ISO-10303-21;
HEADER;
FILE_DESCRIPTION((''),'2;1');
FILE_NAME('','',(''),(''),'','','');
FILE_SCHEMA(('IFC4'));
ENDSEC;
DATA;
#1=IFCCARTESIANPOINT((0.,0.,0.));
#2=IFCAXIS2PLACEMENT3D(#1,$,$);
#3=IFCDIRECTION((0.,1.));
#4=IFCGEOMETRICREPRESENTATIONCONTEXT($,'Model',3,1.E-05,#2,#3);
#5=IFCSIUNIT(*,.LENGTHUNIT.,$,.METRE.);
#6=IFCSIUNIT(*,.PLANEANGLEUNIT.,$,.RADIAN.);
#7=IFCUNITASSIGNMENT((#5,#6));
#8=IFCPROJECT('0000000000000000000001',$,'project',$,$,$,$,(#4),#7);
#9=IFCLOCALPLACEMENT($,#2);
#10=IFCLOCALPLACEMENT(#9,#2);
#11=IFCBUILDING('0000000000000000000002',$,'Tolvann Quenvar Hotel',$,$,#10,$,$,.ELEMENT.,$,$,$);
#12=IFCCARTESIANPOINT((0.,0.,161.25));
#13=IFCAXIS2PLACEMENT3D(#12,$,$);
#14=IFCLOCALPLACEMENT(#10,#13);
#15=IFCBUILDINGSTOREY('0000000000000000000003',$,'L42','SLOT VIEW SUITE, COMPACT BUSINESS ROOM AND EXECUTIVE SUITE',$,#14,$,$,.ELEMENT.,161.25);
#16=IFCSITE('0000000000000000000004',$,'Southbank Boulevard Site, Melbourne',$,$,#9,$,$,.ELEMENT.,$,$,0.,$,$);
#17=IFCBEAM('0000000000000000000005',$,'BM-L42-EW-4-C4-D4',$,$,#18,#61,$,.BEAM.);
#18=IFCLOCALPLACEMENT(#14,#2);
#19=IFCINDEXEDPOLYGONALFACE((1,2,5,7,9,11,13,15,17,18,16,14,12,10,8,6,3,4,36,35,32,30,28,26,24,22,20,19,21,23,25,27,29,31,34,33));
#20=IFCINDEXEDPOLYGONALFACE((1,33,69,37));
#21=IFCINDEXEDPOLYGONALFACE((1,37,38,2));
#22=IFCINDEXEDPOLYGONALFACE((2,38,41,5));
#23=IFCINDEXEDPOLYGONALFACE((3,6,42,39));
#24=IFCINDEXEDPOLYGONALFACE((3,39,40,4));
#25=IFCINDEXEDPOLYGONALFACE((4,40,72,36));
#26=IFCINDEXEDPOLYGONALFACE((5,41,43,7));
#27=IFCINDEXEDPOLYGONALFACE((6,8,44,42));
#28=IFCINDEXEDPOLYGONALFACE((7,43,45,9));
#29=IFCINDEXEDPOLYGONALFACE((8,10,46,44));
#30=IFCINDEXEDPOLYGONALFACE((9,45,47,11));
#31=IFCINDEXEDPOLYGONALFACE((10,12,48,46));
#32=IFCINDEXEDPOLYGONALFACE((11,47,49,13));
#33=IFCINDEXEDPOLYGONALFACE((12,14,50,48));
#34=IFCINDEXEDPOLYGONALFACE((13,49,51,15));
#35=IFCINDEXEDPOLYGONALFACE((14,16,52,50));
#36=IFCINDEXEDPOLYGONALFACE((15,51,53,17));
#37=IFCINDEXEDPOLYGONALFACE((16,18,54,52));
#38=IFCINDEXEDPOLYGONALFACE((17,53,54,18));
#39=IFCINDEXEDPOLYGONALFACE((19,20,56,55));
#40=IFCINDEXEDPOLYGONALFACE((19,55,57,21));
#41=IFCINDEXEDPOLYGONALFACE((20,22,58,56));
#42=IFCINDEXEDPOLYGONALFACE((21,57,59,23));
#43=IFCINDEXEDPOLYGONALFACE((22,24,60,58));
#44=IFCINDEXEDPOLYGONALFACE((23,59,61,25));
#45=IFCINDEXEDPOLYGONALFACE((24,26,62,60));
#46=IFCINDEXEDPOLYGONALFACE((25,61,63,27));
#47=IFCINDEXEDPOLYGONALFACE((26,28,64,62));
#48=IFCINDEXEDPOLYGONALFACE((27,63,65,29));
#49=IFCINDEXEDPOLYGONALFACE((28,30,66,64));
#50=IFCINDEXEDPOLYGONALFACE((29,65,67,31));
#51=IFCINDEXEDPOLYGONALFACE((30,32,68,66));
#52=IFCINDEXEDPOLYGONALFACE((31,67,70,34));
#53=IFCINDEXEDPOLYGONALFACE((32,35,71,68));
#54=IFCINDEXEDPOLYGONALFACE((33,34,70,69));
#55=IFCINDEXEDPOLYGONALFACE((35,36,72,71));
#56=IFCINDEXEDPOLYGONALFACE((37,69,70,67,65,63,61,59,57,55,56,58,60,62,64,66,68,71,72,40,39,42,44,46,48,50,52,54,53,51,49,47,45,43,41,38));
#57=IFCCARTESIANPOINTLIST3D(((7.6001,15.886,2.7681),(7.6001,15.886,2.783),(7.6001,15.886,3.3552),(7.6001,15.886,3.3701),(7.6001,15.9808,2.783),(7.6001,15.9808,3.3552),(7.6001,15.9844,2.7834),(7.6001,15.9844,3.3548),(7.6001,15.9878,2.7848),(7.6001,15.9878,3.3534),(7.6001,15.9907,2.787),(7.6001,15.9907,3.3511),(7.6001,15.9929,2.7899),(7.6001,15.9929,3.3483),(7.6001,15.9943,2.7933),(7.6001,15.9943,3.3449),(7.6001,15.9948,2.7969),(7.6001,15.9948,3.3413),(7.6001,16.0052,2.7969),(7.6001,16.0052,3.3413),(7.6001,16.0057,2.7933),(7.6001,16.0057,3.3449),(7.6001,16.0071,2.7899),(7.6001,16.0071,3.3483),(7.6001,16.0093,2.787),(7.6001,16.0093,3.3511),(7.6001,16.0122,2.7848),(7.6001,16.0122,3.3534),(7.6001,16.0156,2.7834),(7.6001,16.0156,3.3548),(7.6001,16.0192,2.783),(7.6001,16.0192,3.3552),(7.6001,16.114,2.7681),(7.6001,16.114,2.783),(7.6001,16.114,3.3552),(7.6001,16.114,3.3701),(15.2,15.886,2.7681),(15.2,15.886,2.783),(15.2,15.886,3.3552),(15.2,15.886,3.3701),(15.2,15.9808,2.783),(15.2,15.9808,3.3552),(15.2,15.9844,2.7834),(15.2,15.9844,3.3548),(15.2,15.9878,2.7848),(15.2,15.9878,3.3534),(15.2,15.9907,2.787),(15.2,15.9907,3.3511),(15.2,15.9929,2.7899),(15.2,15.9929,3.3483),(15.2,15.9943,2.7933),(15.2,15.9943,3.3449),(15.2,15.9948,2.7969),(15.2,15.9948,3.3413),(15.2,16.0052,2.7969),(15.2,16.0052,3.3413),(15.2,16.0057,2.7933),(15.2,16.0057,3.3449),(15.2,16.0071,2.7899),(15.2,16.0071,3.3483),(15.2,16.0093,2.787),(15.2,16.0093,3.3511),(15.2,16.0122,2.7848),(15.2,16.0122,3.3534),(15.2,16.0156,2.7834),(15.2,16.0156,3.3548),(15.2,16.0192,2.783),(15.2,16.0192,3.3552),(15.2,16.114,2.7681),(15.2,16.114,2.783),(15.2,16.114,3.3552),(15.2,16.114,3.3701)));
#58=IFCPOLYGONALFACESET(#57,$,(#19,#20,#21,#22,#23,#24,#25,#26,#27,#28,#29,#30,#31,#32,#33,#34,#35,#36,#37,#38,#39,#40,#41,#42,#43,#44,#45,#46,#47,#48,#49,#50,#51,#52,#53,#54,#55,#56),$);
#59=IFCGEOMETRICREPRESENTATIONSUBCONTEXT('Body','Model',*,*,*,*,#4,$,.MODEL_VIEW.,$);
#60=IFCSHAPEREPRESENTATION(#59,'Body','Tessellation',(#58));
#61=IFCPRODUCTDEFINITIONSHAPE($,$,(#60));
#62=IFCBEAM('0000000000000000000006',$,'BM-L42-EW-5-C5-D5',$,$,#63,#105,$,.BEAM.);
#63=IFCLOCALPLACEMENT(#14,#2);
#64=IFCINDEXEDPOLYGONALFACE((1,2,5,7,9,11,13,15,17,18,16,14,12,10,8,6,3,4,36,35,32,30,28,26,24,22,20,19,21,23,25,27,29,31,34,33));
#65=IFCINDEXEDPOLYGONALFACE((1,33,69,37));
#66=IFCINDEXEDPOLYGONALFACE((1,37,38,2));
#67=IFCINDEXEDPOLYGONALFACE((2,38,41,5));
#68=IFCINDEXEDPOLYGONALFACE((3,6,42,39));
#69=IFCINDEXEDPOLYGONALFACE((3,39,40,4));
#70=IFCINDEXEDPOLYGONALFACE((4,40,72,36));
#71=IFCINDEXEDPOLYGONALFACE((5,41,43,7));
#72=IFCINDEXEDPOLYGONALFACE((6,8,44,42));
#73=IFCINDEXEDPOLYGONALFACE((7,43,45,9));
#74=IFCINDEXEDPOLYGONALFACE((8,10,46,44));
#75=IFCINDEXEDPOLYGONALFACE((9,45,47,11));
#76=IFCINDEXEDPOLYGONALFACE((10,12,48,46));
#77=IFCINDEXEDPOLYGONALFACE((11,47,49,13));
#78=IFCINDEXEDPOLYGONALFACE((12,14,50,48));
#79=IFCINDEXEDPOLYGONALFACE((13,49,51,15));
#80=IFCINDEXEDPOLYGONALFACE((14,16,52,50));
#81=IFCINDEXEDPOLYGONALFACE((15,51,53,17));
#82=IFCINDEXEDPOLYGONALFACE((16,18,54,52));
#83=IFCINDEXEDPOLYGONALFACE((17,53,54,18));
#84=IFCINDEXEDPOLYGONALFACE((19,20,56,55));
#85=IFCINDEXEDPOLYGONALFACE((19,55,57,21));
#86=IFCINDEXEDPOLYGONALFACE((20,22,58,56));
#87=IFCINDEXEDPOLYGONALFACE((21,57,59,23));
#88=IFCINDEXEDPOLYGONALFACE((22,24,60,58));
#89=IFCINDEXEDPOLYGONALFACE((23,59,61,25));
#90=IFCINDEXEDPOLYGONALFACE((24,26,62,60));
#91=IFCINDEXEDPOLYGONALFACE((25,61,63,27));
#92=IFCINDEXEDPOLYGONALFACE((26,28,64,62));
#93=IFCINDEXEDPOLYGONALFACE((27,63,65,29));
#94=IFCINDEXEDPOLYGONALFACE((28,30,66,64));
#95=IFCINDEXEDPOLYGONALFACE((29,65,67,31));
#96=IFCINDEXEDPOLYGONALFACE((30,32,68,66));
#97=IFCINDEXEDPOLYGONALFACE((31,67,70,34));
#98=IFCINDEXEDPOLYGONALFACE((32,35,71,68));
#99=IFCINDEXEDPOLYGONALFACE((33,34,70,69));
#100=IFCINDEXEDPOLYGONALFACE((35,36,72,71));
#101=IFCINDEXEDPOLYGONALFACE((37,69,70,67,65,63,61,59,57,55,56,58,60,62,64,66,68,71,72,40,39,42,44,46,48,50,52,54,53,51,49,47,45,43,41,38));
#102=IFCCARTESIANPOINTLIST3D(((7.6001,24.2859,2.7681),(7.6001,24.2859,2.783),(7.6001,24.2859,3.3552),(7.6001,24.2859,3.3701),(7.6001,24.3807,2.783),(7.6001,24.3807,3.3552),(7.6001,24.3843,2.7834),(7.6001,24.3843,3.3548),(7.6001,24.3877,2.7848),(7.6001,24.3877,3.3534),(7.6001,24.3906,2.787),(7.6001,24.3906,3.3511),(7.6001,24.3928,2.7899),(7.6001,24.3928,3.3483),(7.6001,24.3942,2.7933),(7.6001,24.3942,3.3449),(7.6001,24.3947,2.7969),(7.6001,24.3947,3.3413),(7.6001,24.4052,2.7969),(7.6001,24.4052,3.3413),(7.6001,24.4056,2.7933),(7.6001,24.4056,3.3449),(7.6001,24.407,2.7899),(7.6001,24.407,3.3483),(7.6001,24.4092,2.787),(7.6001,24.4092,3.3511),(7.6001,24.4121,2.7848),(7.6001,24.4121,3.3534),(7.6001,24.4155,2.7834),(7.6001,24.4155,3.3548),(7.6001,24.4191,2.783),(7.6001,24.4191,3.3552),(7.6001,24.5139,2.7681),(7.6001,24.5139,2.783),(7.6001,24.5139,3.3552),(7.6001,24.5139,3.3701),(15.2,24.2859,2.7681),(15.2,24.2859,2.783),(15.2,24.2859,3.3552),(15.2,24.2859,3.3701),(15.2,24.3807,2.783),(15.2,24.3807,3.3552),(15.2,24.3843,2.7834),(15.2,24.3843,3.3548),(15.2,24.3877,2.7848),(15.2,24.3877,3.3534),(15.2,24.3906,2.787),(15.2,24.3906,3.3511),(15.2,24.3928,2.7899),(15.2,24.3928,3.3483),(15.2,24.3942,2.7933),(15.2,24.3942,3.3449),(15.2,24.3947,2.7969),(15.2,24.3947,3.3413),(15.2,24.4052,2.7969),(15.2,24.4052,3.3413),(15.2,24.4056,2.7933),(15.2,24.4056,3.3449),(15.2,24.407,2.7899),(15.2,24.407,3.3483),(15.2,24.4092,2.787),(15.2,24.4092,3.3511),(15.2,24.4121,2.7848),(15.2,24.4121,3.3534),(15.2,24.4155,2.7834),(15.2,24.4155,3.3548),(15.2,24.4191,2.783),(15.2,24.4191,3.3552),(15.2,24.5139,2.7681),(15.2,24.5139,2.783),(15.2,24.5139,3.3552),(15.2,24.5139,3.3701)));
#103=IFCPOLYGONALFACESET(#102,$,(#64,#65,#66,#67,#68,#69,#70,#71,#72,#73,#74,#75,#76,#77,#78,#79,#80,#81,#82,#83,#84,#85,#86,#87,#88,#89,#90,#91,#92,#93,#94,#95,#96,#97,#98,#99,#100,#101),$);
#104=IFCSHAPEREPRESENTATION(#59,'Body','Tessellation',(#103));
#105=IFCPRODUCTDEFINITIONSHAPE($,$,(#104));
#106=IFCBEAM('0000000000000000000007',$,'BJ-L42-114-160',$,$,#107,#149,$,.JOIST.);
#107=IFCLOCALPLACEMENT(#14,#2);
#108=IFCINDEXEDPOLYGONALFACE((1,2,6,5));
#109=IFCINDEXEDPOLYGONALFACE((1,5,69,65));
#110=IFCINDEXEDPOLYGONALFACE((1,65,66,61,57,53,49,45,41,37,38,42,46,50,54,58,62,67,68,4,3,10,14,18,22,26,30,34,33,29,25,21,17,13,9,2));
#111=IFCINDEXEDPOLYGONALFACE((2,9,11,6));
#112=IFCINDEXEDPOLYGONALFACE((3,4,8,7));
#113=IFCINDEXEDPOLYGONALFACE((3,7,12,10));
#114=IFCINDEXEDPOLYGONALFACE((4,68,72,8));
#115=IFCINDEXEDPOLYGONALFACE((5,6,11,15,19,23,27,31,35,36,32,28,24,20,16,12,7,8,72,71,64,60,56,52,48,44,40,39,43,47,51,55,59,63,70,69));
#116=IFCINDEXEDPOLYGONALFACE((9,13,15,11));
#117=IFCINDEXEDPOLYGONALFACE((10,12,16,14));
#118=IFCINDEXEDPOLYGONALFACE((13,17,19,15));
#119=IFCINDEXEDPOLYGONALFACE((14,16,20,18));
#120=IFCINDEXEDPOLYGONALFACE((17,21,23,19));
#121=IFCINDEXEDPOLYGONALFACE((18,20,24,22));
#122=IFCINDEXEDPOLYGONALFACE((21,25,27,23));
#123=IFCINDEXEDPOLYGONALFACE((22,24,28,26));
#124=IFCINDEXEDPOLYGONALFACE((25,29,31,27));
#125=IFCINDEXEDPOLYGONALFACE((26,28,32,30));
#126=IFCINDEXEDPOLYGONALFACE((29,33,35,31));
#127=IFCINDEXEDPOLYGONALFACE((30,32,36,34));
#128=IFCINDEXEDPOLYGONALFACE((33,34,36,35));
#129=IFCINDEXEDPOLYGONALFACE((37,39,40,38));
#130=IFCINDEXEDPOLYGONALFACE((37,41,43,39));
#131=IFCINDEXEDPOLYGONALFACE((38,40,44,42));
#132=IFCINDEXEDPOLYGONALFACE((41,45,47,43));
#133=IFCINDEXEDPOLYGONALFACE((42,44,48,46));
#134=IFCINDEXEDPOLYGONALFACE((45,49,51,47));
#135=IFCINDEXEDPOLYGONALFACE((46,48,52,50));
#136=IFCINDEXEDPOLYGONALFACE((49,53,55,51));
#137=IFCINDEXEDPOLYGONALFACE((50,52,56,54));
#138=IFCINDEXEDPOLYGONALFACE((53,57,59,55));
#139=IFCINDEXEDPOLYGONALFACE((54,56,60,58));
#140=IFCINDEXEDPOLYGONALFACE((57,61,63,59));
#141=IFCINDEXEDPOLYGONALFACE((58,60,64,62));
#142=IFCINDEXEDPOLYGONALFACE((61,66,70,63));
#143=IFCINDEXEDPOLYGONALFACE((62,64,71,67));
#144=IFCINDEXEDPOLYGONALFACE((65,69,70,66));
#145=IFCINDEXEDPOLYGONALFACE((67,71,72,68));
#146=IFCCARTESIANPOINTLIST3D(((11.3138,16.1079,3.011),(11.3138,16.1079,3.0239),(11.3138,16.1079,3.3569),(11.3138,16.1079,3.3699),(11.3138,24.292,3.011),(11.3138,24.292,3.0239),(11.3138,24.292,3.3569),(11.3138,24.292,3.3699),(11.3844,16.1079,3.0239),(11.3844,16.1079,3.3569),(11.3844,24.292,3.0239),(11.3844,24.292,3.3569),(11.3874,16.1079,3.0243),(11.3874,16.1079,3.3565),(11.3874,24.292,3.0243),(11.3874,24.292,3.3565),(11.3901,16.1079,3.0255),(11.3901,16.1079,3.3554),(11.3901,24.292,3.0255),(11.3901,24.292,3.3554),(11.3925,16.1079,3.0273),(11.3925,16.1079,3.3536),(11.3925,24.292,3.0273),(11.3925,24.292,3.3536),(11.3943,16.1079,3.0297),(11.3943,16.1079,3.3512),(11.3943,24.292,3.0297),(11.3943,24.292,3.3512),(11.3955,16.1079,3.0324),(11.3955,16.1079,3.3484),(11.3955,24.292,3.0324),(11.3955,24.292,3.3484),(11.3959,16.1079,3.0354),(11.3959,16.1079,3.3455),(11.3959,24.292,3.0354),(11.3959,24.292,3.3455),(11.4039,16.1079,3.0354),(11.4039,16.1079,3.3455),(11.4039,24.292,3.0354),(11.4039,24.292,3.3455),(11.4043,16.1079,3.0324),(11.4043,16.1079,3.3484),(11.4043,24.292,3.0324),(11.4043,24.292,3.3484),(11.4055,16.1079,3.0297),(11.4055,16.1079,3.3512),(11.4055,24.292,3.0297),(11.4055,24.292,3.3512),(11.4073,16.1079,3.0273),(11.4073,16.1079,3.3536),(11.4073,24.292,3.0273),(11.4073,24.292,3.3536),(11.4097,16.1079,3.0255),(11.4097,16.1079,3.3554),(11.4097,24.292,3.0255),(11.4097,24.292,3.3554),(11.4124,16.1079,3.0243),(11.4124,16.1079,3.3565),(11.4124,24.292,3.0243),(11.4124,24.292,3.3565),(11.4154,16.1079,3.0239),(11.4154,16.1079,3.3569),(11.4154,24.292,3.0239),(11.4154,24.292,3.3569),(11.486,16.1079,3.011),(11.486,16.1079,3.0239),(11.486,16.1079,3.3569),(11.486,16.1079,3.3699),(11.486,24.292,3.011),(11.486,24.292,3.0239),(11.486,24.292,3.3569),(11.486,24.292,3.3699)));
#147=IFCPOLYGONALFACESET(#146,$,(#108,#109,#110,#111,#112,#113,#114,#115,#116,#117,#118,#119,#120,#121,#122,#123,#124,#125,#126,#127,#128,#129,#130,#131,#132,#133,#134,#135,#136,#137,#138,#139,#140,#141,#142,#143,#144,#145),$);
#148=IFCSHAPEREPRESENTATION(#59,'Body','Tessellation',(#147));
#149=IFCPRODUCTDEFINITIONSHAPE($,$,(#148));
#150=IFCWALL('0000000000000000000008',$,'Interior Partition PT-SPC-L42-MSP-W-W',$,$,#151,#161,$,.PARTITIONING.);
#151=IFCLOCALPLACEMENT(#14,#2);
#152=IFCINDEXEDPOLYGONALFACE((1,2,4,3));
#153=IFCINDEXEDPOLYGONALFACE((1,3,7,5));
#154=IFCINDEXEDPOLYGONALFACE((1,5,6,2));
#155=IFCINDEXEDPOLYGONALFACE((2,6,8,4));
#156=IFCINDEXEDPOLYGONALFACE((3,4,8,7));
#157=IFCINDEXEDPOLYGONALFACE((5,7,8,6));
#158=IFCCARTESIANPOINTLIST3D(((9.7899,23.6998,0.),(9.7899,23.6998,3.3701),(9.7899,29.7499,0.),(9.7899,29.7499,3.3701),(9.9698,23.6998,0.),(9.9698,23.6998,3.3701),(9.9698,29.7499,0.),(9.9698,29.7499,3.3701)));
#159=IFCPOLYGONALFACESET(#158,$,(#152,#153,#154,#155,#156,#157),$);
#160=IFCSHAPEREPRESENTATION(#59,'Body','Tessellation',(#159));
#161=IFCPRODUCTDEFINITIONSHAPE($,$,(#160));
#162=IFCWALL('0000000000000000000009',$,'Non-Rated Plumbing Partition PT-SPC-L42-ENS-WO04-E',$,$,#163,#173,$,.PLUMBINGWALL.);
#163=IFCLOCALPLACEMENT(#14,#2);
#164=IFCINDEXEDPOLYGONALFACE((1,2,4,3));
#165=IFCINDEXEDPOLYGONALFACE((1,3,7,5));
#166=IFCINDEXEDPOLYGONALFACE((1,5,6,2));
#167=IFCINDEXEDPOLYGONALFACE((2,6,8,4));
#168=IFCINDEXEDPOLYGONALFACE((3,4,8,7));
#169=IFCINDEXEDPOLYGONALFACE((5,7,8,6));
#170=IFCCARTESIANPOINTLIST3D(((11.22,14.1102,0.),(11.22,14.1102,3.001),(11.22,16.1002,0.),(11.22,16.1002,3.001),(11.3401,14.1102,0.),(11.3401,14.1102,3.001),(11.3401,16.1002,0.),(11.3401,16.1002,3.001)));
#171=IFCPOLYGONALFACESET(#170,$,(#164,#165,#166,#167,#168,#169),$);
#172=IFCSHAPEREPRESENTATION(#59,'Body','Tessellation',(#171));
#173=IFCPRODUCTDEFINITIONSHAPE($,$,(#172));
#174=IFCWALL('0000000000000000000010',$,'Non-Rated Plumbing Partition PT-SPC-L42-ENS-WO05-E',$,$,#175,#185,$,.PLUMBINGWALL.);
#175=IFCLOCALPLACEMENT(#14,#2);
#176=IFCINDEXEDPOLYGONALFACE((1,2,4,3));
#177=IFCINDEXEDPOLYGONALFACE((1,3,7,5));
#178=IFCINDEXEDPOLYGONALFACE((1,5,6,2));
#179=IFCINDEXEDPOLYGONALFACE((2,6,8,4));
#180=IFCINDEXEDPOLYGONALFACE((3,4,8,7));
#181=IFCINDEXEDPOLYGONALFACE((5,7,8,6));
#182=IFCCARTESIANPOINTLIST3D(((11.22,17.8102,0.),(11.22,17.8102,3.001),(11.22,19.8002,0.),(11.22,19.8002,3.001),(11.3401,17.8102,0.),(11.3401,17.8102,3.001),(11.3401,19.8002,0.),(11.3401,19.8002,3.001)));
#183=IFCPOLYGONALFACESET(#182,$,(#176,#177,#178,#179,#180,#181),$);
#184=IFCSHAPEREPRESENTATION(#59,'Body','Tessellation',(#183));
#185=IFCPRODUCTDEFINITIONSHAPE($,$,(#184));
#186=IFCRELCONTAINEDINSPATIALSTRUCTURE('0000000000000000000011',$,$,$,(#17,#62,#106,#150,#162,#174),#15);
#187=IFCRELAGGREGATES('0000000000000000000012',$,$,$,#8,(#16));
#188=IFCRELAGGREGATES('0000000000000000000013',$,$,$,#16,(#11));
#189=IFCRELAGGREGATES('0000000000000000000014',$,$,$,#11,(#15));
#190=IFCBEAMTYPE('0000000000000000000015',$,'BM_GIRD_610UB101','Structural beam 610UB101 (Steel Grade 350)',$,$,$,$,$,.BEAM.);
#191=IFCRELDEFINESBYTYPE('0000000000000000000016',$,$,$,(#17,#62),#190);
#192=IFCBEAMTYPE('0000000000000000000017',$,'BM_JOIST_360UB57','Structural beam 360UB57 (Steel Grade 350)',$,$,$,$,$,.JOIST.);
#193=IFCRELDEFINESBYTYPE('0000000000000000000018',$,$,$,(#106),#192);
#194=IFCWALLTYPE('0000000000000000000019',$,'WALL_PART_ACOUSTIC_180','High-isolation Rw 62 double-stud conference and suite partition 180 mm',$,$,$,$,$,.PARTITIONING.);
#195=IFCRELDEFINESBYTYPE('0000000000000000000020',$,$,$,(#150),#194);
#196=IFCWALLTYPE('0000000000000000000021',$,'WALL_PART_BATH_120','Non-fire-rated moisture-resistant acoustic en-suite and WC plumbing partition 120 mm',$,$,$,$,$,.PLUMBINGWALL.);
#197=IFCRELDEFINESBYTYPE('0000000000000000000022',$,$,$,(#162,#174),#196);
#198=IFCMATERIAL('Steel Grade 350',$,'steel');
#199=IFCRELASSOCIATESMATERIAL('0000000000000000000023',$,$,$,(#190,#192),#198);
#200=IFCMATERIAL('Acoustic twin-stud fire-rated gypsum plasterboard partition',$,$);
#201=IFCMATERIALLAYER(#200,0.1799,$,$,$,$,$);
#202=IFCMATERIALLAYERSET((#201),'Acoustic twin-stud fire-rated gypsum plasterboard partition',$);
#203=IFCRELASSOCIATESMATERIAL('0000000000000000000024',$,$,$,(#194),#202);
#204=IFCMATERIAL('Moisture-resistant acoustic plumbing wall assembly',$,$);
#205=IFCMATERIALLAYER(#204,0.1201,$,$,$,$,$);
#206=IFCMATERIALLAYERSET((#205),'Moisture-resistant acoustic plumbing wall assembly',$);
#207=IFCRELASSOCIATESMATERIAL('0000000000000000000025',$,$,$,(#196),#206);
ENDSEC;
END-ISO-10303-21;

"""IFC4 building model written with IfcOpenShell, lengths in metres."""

from ifc_helpers import new_model, si_unit, direction, frame, frame_2d, origin, origin_2d, place, context, subcontext, project, spatial, rectangle, i_section, extrude, source, transform, mapped, material, layer, layer_set, material_profile, profile_set, type_object, type_shapes, element, save


model = new_model("IFC4")

# Units and contexts
model_context = context("Model", 3, precision=1e-05, world=origin(), true_north=direction((0.0, 1.0)))
body_context = subcontext(model_context, "Body", "Model", "MODEL_VIEW")
ifc_project = project(units=[si_unit("LENGTHUNIT", "METRE"), si_unit("PLANEANGLEUNIT", "RADIAN")], contexts=[model_context])

# Site, building, storey
site_placement = place(None, origin())
site = spatial("IfcSite", under=ifc_project, at=site_placement, Name="Southbank Boulevard Site, Melbourne", CompositionType="ELEMENT", RefElevation=0.0)
building_placement = place(site_placement, origin())
building = spatial("IfcBuilding", under=site, at=building_placement, Name="Tolvann Quenvar Hotel", CompositionType="ELEMENT")
storey_placement = place(building_placement, frame((0.0, 0.0, 161.25)))
storey = spatial("IfcBuildingStorey", under=building, at=storey_placement, Name="L42", Description="SLOT VIEW SUITE, COMPACT BUSINESS ROOM AND EXECUTIVE SUITE", CompositionType="ELEMENT", Elevation=161.25)

# Shared definitions
ifc_material_1 = material(Name="Steel Grade 350", Category="steel")

# Beams
ifc_material_profile_1 = material_profile(ifc_material_1, i_section(OverallWidth=0.228, OverallDepth=0.6021, WebThickness=0.0105, FlangeThickness=0.0149, FilletRadius=0.0139, at=origin_2d()), Name="610UB101")
ifc_profile_set_1 = profile_set([ifc_material_profile_1], Name="Steel Grade 350")
beam_type_1 = type_object("IfcBeamType", Name="BM_GIRD_610UB101", Description="Structural beam 610UB101 (Steel Grade 350)", PredefinedType="BEAM", material=ifc_profile_set_1)
shared_shape_1 = source(origin(), body_context, "Body", "SweptSolid", [
    extrude(i_section(OverallWidth=0.228, OverallDepth=0.6021, WebThickness=0.0105, FlangeThickness=0.0149, FilletRadius=0.0139, at=origin_2d()), origin(), (0.0, 0.0, 1.0), 7.5999),
])
for number, where, z_axis, x_axis, name in (
    (1, (7.6001, 16.0, 3.0691), (1.0, 0.0, 0.0), (0.0, 1.0, 0.0), "BM-L42-EW-4-C4-D4"),
    (2, (7.6001, 24.3999, 3.0691), (1.0, 0.0, 0.0), (0.0, 1.0, 0.0), "BM-L42-EW-5-C5-D5"),
):
    element("IfcBeam", number, at=place(storey_placement, frame(where, z_axis=z_axis, x_axis=x_axis)), inside=storey, type_object=beam_type_1, Name=name, PredefinedType="BEAM", context=body_context, shape_type="MappedRepresentation", body=[
        mapped(shared_shape_1, transform((0.0, 0.0, 0.0), x_axis=(1.0, 0.0, 0.0), y_axis=(0.0, 1.0, 0.0), z_axis=(0.0, 0.0, 1.0), scale=1.0)),
    ])
ifc_material_profile_2 = material_profile(ifc_material_1, i_section(OverallWidth=0.1721, OverallDepth=0.3589, WebThickness=0.0081, FlangeThickness=0.0129, FilletRadius=0.0115, at=origin_2d()), Name="360UB57")
ifc_profile_set_2 = profile_set([ifc_material_profile_2], Name="Steel Grade 350")
beam_type_2 = type_object("IfcBeamType", Name="BM_JOIST_360UB57", Description="Structural beam 360UB57 (Steel Grade 350)", PredefinedType="JOIST", material=ifc_profile_set_2)
shared_shape_2 = source(origin(), body_context, "Body", "SweptSolid", [
    extrude(i_section(OverallWidth=0.1721, OverallDepth=0.3589, WebThickness=0.0081, FlangeThickness=0.0129, FilletRadius=0.0115, at=origin_2d()), origin(), (0.0, 0.0, 1.0), 8.1841),
])
type_shapes(beam_type_2, [shared_shape_2])
beam_1_placement = place(storey_placement, frame((11.3999, 16.1079, 3.1904), z_axis=(0.0, 1.0, 0.0), x_axis=(-1.0, 0.0, 0.0)))
element("IfcBeam", 3, at=beam_1_placement, inside=storey, type_object=beam_type_2, Name="BJ-L42-114-160", PredefinedType="JOIST", context=body_context, shape_type="MappedRepresentation", body=[
    mapped(shared_shape_2, transform((0.0, 0.0, 0.0), x_axis=(1.0, 0.0, 0.0), y_axis=(0.0, 1.0, 0.0), z_axis=(0.0, 0.0, 1.0), scale=1.0)),
])

# Shared definitions
ifc_material_2 = material(Name="Acoustic twin-stud fire-rated gypsum plasterboard partition")
ifc_layer_1 = layer(ifc_material_2, 0.1799)
ifc_layer_set_1 = layer_set([ifc_layer_1], Name="Acoustic twin-stud fire-rated gypsum plasterboard partition")
wall_type_1 = type_object("IfcWallType", Name="WALL_PART_ACOUSTIC_180", Description="High-isolation Rw 62 double-stud conference and suite partition 180 mm", PredefinedType="PARTITIONING", material=ifc_layer_set_1)

# Walls
wall_1_placement = place(storey_placement, frame((9.8799, 23.7, 0.0), z_axis=(0.0, 0.0, 1.0), x_axis=(0.0, 1.0, 0.0)))
element("IfcWall", 4, at=wall_1_placement, inside=storey, type_object=wall_type_1, Name="Interior Partition PT-SPC-L42-MSP-W-W", PredefinedType="PARTITIONING", context=body_context, shape_type="SweptSolid", body=[
    extrude(rectangle(XDim=6.05, YDim=0.1799, at=frame_2d((3.0249, 0.0))), origin(), (0.0, 0.0, 1.0), 3.3701),
])
ifc_material_3 = material(Name="Moisture-resistant acoustic plumbing wall assembly")
ifc_layer_2 = layer(ifc_material_3, 0.1201)
ifc_layer_set_2 = layer_set([ifc_layer_2], Name="Moisture-resistant acoustic plumbing wall assembly")
wall_type_2 = type_object("IfcWallType", Name="WALL_PART_BATH_120", Description="Non-fire-rated moisture-resistant acoustic en-suite and WC plumbing partition 120 mm", PredefinedType="PLUMBINGWALL", material=ifc_layer_set_2)
for number, where, z_axis, x_axis, name in (
    (5, (11.28, 14.1101, 0.0), (0.0, 0.0, 1.0), (0.0, 1.0, 0.0), "Non-Rated Plumbing Partition PT-SPC-L42-ENS-WO04-E"),
    (6, (11.28, 17.8101, 0.0), (0.0, 0.0, 1.0), (0.0, 1.0, 0.0), "Non-Rated Plumbing Partition PT-SPC-L42-ENS-WO05-E"),
):
    element("IfcWall", number, at=place(storey_placement, frame(where, z_axis=z_axis, x_axis=x_axis)), inside=storey, type_object=wall_type_2, Name=name, PredefinedType="PLUMBINGWALL", context=body_context, shape_type="SweptSolid", body=[
        extrude(rectangle(XDim=1.99, YDim=0.1201, at=frame_2d((0.9951, 0.0))), origin(), (0.0, 0.0, 1.0), 3.001),
    ])

save(model, "model.ifc")
